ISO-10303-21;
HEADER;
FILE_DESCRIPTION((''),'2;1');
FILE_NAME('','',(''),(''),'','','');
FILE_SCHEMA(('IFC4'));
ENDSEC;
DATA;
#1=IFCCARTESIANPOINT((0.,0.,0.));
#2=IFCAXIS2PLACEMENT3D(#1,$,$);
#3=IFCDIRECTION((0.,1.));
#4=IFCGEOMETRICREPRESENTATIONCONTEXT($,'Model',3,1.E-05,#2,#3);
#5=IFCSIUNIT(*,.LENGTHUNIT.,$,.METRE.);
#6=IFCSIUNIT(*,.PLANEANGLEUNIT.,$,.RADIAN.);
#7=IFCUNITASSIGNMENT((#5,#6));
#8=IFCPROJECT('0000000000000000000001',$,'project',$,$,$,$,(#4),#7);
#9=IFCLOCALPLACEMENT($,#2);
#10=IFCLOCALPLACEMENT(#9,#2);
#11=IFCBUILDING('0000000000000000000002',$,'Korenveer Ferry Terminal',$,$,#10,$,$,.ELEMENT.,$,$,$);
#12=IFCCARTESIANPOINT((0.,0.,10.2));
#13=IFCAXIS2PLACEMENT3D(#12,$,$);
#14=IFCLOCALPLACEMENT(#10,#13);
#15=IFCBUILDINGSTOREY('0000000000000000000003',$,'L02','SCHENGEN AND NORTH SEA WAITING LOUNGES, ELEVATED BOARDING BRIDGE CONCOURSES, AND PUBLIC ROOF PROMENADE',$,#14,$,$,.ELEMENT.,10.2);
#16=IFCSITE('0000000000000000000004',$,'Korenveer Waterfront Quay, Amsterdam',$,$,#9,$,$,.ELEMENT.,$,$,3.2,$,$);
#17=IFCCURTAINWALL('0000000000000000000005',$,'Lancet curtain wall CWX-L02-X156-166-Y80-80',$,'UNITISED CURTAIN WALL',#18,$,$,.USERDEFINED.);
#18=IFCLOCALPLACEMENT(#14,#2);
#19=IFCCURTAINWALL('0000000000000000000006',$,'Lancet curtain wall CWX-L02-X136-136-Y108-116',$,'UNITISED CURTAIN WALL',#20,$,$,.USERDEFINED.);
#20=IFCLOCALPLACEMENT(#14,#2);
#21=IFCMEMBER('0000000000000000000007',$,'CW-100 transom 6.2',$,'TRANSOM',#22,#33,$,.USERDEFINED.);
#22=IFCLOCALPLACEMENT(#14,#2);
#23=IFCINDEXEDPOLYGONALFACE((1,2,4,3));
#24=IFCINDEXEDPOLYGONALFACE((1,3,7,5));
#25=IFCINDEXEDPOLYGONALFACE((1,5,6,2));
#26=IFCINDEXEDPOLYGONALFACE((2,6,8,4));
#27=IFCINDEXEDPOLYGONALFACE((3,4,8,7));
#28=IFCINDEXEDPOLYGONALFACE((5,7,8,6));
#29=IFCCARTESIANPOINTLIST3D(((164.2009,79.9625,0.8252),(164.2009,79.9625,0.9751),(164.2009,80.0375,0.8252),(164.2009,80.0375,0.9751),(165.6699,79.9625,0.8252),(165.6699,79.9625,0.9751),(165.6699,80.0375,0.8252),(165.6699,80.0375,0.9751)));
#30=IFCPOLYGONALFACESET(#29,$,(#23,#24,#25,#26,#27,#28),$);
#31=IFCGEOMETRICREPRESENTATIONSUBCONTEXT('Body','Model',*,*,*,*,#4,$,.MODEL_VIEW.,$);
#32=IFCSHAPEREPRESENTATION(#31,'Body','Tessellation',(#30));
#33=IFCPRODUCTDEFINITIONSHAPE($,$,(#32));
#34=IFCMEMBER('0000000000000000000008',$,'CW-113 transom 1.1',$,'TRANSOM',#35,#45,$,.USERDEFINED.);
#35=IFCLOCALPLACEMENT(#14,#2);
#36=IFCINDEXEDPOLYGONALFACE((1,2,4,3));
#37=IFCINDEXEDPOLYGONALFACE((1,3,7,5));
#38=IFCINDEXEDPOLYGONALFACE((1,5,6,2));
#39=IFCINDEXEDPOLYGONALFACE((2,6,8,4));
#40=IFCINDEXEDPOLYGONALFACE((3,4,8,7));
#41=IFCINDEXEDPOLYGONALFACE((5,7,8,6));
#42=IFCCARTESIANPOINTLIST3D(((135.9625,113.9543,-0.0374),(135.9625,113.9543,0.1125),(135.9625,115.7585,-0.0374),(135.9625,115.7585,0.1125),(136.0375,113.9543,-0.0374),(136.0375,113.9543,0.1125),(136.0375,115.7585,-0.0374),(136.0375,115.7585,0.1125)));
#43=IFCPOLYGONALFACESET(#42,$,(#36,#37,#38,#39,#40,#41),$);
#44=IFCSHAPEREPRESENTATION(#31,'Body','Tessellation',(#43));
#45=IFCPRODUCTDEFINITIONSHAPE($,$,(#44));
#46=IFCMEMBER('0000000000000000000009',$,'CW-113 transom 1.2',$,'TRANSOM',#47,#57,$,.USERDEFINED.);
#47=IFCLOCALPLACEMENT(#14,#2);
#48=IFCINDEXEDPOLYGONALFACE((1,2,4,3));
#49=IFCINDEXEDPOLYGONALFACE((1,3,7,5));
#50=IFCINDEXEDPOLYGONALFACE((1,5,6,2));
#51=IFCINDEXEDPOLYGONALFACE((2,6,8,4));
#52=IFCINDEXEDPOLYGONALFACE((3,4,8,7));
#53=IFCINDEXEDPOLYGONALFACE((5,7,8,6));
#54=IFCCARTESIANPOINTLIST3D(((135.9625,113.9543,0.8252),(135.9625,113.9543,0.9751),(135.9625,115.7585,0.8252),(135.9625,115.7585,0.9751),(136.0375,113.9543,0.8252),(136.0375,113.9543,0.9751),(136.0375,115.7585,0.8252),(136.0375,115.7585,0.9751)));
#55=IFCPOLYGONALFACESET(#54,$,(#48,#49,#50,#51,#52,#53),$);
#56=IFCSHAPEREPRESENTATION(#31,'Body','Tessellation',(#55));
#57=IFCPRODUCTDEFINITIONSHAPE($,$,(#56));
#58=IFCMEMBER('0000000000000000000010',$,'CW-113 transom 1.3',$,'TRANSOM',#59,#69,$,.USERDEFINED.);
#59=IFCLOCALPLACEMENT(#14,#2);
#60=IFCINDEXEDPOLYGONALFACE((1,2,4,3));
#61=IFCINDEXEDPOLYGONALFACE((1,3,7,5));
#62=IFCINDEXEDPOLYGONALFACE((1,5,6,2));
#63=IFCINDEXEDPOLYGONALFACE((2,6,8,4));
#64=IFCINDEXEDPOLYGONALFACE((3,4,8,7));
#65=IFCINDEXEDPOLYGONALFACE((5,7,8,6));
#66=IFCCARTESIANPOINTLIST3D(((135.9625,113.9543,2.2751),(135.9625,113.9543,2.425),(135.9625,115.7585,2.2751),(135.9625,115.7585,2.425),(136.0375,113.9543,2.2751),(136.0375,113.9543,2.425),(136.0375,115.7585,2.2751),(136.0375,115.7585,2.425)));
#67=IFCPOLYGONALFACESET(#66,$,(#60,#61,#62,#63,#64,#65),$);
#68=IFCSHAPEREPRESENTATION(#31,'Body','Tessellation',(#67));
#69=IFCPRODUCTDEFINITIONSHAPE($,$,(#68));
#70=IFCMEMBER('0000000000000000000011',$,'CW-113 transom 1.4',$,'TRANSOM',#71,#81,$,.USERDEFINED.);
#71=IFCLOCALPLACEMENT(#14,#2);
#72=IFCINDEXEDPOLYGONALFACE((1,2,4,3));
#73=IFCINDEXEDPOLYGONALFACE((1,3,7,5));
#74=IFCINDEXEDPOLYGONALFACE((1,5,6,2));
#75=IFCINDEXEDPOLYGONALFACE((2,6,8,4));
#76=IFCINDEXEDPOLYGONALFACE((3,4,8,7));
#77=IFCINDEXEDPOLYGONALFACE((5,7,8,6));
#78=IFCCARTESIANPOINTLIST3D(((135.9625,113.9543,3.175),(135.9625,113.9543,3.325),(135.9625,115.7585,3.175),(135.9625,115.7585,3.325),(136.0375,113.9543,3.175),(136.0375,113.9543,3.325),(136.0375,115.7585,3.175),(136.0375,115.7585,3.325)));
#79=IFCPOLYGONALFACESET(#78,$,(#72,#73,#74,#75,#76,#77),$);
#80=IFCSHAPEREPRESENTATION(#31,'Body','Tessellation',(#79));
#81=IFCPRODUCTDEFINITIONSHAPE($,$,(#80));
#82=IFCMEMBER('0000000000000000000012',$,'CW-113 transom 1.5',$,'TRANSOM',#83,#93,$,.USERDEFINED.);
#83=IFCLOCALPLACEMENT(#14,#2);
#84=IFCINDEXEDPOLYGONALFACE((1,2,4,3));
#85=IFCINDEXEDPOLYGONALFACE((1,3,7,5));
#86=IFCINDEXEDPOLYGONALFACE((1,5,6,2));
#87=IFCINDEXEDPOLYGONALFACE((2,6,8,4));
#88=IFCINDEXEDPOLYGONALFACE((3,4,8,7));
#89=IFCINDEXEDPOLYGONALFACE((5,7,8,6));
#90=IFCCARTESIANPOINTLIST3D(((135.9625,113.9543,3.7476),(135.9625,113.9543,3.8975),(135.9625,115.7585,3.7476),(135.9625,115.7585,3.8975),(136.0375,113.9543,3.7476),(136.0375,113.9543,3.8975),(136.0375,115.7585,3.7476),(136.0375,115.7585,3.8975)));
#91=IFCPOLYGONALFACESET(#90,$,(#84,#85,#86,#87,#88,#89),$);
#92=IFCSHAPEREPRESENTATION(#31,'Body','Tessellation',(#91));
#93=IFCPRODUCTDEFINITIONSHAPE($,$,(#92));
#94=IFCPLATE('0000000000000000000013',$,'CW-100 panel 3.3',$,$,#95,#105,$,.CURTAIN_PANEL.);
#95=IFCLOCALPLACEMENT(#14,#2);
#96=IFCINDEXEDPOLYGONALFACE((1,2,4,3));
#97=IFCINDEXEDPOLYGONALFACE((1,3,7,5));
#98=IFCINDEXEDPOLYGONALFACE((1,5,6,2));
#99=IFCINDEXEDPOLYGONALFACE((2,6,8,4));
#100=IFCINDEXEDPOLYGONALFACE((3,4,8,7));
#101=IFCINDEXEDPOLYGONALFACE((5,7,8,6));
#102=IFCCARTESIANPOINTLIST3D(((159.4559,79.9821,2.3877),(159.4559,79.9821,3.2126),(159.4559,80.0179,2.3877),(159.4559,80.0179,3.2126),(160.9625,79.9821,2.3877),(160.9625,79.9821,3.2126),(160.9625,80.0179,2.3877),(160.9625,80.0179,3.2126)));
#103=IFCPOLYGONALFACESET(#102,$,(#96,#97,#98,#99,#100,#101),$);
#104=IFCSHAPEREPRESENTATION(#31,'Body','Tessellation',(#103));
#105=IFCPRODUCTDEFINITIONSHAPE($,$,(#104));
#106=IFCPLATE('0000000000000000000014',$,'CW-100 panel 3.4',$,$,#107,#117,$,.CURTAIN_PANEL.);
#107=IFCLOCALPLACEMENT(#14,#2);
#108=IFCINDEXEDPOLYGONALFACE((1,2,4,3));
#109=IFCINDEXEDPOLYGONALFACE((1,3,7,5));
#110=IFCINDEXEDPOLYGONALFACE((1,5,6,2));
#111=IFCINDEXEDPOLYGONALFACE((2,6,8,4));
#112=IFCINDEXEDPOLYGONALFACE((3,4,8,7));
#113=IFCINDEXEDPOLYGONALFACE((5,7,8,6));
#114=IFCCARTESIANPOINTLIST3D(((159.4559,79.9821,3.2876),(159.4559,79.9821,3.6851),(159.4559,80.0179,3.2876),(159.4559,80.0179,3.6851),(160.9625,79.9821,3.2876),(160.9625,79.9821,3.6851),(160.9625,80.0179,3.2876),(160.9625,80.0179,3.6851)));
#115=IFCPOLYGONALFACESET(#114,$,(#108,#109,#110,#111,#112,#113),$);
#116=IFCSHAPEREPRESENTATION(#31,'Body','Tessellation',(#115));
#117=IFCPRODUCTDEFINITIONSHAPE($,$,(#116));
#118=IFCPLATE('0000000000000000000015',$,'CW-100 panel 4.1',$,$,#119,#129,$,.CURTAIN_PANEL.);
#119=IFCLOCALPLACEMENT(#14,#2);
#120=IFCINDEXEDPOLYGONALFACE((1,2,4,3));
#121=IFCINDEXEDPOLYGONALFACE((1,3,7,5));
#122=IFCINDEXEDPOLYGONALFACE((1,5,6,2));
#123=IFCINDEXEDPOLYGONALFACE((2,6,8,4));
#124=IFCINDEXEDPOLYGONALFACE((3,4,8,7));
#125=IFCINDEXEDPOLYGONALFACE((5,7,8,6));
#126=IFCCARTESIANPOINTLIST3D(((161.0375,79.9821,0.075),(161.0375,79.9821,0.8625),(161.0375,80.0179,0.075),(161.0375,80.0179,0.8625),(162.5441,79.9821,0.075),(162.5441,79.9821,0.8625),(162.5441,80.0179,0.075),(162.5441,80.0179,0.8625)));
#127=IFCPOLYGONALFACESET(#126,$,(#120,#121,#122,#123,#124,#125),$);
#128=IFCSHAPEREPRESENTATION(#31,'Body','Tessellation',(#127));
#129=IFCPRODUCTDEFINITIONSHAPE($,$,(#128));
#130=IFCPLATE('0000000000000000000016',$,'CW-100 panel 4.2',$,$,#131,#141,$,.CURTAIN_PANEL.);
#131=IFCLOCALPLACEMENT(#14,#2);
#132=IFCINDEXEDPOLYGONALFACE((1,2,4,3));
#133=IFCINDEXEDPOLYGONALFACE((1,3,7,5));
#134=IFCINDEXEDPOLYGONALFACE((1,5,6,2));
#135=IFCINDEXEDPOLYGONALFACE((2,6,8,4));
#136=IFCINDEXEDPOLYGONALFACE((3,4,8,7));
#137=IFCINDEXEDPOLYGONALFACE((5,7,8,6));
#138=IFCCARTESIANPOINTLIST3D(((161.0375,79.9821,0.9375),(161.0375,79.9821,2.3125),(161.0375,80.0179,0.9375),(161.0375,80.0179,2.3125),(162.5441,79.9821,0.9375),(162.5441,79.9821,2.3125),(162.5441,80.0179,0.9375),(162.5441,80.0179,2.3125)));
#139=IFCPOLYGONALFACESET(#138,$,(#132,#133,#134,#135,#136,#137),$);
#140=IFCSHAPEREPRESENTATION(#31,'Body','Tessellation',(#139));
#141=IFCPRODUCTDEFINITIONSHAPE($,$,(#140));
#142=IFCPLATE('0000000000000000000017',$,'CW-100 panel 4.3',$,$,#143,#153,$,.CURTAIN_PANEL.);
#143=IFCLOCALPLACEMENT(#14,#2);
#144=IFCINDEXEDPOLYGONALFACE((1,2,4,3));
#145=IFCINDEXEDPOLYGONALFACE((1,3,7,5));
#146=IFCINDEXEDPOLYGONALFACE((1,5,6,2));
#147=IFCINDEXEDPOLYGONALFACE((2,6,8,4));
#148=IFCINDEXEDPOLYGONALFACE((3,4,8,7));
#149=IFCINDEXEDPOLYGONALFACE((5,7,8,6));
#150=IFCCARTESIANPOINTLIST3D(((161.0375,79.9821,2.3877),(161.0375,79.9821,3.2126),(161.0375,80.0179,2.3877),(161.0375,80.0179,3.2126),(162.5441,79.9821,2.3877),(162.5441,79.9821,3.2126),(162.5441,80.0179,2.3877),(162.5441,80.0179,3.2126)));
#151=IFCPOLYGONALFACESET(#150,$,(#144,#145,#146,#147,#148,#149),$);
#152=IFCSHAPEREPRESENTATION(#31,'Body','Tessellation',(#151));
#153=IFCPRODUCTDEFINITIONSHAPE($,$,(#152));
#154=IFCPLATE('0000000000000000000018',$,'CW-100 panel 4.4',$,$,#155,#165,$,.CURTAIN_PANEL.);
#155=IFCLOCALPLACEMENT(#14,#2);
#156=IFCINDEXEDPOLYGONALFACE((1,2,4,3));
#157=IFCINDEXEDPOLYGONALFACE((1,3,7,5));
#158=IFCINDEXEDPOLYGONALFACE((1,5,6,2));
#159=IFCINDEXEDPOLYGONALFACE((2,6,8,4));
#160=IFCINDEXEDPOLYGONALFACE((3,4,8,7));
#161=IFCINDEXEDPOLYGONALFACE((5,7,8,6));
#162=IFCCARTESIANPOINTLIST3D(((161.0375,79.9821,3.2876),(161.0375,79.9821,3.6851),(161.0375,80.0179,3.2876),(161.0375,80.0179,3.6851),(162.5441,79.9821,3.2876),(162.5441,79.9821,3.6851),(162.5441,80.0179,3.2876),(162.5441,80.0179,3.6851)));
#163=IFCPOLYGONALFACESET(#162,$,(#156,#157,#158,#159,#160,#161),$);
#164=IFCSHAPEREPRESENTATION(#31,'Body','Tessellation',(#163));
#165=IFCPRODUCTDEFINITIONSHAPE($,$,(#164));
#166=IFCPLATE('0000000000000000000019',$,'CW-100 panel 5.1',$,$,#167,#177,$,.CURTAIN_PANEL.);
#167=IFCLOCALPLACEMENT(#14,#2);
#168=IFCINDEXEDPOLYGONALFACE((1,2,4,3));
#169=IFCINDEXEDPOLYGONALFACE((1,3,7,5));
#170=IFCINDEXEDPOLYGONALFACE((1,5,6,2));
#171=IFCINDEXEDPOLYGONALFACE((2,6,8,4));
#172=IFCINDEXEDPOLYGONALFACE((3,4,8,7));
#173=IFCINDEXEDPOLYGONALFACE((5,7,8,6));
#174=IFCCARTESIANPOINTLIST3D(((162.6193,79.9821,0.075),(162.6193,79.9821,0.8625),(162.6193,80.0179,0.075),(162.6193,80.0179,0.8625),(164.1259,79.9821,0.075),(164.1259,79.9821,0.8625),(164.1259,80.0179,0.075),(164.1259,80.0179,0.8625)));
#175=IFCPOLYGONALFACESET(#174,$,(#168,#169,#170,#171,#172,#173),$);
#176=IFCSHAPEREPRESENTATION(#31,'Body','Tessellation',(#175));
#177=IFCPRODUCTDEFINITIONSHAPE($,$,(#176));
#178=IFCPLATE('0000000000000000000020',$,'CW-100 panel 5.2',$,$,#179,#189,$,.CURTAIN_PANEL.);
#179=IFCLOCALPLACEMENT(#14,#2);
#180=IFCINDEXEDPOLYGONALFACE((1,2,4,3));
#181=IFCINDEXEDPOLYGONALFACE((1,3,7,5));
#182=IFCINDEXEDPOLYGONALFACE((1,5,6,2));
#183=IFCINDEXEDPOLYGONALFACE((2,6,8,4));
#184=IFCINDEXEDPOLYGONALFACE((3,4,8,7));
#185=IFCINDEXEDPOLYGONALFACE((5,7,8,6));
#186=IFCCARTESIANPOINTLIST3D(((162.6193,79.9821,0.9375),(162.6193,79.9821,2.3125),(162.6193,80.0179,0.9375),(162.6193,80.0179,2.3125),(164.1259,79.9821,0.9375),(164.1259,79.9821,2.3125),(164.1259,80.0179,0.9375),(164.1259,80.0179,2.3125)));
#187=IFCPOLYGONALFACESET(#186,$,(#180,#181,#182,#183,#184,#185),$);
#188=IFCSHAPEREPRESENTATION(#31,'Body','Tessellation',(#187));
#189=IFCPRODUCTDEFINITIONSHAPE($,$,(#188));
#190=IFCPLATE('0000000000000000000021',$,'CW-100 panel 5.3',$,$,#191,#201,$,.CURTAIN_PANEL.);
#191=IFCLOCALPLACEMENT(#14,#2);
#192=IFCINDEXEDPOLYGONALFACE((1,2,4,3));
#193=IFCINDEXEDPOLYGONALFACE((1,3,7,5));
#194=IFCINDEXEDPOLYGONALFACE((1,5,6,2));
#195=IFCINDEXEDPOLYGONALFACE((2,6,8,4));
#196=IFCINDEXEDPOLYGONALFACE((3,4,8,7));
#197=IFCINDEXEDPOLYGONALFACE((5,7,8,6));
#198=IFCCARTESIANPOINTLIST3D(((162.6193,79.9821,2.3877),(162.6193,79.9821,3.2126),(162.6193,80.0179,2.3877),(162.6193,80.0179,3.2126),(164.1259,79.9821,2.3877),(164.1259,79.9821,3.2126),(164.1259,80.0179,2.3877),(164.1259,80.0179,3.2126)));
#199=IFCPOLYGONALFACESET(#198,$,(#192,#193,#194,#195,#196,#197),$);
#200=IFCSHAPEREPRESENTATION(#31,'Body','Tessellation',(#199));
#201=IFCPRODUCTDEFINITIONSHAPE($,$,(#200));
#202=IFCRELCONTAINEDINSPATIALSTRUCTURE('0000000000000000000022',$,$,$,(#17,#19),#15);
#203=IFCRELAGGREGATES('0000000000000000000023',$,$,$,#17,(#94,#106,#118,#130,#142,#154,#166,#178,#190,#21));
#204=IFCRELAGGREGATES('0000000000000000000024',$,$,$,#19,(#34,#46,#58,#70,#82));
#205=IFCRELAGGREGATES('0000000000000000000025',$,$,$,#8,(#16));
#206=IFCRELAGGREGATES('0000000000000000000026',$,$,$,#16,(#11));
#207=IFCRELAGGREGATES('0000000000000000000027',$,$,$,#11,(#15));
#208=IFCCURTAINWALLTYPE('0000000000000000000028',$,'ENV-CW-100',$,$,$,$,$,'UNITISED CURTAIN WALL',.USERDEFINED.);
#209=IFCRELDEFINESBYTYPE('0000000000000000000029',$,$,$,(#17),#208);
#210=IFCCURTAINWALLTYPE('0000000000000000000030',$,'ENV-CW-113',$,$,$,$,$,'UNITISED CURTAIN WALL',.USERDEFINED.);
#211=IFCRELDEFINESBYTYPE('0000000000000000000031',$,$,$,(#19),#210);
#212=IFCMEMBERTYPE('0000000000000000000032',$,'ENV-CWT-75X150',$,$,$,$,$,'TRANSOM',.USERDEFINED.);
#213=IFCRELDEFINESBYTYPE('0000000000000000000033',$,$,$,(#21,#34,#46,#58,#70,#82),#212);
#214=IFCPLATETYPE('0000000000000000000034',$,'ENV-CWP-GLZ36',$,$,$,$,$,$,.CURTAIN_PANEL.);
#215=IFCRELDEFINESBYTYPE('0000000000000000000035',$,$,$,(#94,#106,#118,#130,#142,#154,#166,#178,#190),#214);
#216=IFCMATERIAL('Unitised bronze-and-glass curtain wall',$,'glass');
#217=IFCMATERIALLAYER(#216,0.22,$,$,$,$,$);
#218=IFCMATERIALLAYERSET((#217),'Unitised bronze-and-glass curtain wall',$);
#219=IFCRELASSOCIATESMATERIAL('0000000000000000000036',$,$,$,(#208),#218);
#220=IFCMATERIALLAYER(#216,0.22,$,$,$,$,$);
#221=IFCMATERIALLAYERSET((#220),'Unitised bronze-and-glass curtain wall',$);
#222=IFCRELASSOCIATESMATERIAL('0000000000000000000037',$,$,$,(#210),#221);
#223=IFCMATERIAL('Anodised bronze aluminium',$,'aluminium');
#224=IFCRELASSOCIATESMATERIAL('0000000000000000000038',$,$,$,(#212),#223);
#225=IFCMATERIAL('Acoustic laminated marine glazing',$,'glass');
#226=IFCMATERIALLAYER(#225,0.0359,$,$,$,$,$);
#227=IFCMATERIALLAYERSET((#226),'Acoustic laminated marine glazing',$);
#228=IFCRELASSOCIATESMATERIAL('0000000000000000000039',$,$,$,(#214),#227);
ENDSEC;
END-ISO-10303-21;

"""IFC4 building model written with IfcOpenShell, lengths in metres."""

from ifc_helpers import new_model, si_unit, direction, frame, origin, origin_2d, place, context, subcontext, project, spatial, rectangle, extrude, material, layer, layer_set, material_profile, profile_set, type_object, element, aggregate, save


model = new_model("IFC4")

# Units and contexts
model_context = context("Model", 3, precision=1e-05, world=origin(), true_north=direction((0.0, 1.0)))
body_context = subcontext(model_context, "Body", "Model", "MODEL_VIEW")
ifc_project = project(units=[si_unit("LENGTHUNIT", "METRE"), si_unit("PLANEANGLEUNIT", "RADIAN")], contexts=[model_context])

# Site, building, storey
site_placement = place(None, origin())
site = spatial("IfcSite", under=ifc_project, at=site_placement, Name="Korenveer Waterfront Quay, Amsterdam", CompositionType="ELEMENT", RefElevation=3.2)
building_placement = place(site_placement, origin())
building = spatial("IfcBuilding", under=site, at=building_placement, Name="Korenveer Ferry Terminal", CompositionType="ELEMENT")
storey_placement = place(building_placement, frame((0.0, 0.0, 10.2)))
storey = spatial("IfcBuildingStorey", under=building, at=storey_placement, Name="L02", Description="SCHENGEN AND NORTH SEA WAITING LOUNGES, ELEVATED BOARDING BRIDGE CONCOURSES, AND PUBLIC ROOF PROMENADE", CompositionType="ELEMENT", Elevation=10.2)

# Curtain wall
ifc_material_1 = material(Name="Unitised bronze-and-glass curtain wall", Category="glass")
ifc_layer_1 = layer(ifc_material_1, 0.22)
ifc_layer_set_1 = layer_set([ifc_layer_1], Name="Unitised bronze-and-glass curtain wall")
curtain_wall_type_1 = type_object("IfcCurtainWallType", Name="ENV-CW-100", ElementType="UNITISED CURTAIN WALL", PredefinedType="USERDEFINED", material=ifc_layer_set_1)
curtain_wall_1_placement = place(storey_placement, frame((156.2549, 80.0, 0.0)))
curtain_wall_1 = element("IfcCurtainWall", 1, at=curtain_wall_1_placement, inside=storey, type_object=curtain_wall_type_1, Name="Lancet curtain wall CWX-L02-X156-166-Y80-80", ObjectType="UNITISED CURTAIN WALL", PredefinedType="USERDEFINED")
ifc_material_2 = material(Name="Anodised bronze aluminium", Category="aluminium")

# Curtain wall
ifc_layer_2 = layer(ifc_material_1, 0.22)
ifc_layer_set_2 = layer_set([ifc_layer_2], Name="Unitised bronze-and-glass curtain wall")
curtain_wall_type_2 = type_object("IfcCurtainWallType", Name="ENV-CW-113", ElementType="UNITISED CURTAIN WALL", PredefinedType="USERDEFINED", material=ifc_layer_set_2)
curtain_wall_2_placement = place(storey_placement, frame((136.0, 115.8335, 0.0)))
curtain_wall_2 = element("IfcCurtainWall", 2, at=curtain_wall_2_placement, inside=storey, type_object=curtain_wall_type_2, Name="Lancet curtain wall CWX-L02-X136-136-Y108-116", ObjectType="UNITISED CURTAIN WALL", PredefinedType="USERDEFINED")

# Members
ifc_material_profile_1 = material_profile(ifc_material_2, rectangle(XDim=0.075, YDim=0.1499, at=origin_2d()), Name="ALU 75x150")
ifc_profile_set_1 = profile_set([ifc_material_profile_1], Name="Anodised bronze aluminium")
member_type_1 = type_object("IfcMemberType", Name="ENV-CWT-75X150", ElementType="TRANSOM", PredefinedType="USERDEFINED", material=ifc_profile_set_1)
member_1_placement = place(storey_placement, frame((164.2009, 80.0, 0.9001), z_axis=(1.0, 0.0, 0.0), x_axis=(0.0, 1.0, 0.0)))
member_1 = element("IfcMember", 3, at=member_1_placement, type_object=member_type_1, Name="CW-100 transom 6.2", ObjectType="TRANSOM", PredefinedType="USERDEFINED", context=body_context, shape_type="SweptSolid", body=[
    extrude(rectangle(XDim=0.075, YDim=0.1499, at=origin_2d()), origin(), (0.0, 0.0, 1.0), 1.469),
])
member_2_placement = place(storey_placement, frame((136.0, 115.7585, 0.0376), z_axis=(0.0, -1.0, 0.0), x_axis=(1.0, 0.0, 0.0)))
member_2 = element("IfcMember", 4, at=member_2_placement, type_object=member_type_1, Name="CW-113 transom 1.1", ObjectType="TRANSOM", PredefinedType="USERDEFINED", context=body_context, shape_type="SweptSolid", body=[
    extrude(rectangle(XDim=0.075, YDim=0.1499, at=origin_2d()), origin(), (0.0, 0.0, 1.0), 1.8042),
])
member_3_placement = place(storey_placement, frame((136.0, 115.7585, 0.9001), z_axis=(0.0, -1.0, 0.0), x_axis=(1.0, 0.0, 0.0)))
member_3 = element("IfcMember", 5, at=member_3_placement, type_object=member_type_1, Name="CW-113 transom 1.2", ObjectType="TRANSOM", PredefinedType="USERDEFINED", context=body_context, shape_type="SweptSolid", body=[
    extrude(rectangle(XDim=0.075, YDim=0.1499, at=origin_2d()), origin(), (0.0, 0.0, 1.0), 1.8042),
])
member_4_placement = place(storey_placement, frame((136.0, 115.7585, 2.3501), z_axis=(0.0, -1.0, 0.0), x_axis=(1.0, 0.0, 0.0)))
member_4 = element("IfcMember", 6, at=member_4_placement, type_object=member_type_1, Name="CW-113 transom 1.3", ObjectType="TRANSOM", PredefinedType="USERDEFINED", context=body_context, shape_type="SweptSolid", body=[
    extrude(rectangle(XDim=0.075, YDim=0.1499, at=origin_2d()), origin(), (0.0, 0.0, 1.0), 1.8042),
])
member_5_placement = place(storey_placement, frame((136.0, 115.7585, 3.25), z_axis=(0.0, -1.0, 0.0), x_axis=(1.0, 0.0, 0.0)))
member_5 = element("IfcMember", 7, at=member_5_placement, type_object=member_type_1, Name="CW-113 transom 1.4", ObjectType="TRANSOM", PredefinedType="USERDEFINED", context=body_context, shape_type="SweptSolid", body=[
    extrude(rectangle(XDim=0.075, YDim=0.1499, at=origin_2d()), origin(), (0.0, 0.0, 1.0), 1.8042),
])
member_6_placement = place(storey_placement, frame((136.0, 115.7585, 3.8225), z_axis=(0.0, -1.0, 0.0), x_axis=(1.0, 0.0, 0.0)))
member_6 = element("IfcMember", 8, at=member_6_placement, type_object=member_type_1, Name="CW-113 transom 1.5", ObjectType="TRANSOM", PredefinedType="USERDEFINED", context=body_context, shape_type="SweptSolid", body=[
    extrude(rectangle(XDim=0.075, YDim=0.1499, at=origin_2d()), origin(), (0.0, 0.0, 1.0), 1.8042),
])

# Plates
ifc_material_3 = material(Name="Acoustic laminated marine glazing", Category="glass")
ifc_layer_3 = layer(ifc_material_3, 0.0359)
ifc_layer_set_3 = layer_set([ifc_layer_3], Name="Acoustic laminated marine glazing")
plate_type = type_object("IfcPlateType", Name="ENV-CWP-GLZ36", PredefinedType="CURTAIN_PANEL", material=ifc_layer_set_3)
plate_1_placement = place(storey_placement, frame((160.2092, 80.0, 2.3877), z_axis=(0.0, 0.0, 1.0), x_axis=(1.0, 0.0, 0.0)))
plate_1 = element("IfcPlate", 9, at=plate_1_placement, type_object=plate_type, Name="CW-100 panel 3.3", PredefinedType="CURTAIN_PANEL", context=body_context, shape_type="SweptSolid", body=[
    extrude(rectangle(XDim=1.5066, YDim=0.0359, at=origin_2d()), origin(), (0.0, 0.0, 1.0), 0.825),
])
plate_2_placement = place(storey_placement, frame((160.2092, 80.0, 3.2876), z_axis=(0.0, 0.0, 1.0), x_axis=(1.0, 0.0, 0.0)))
plate_2 = element("IfcPlate", 10, at=plate_2_placement, type_object=plate_type, Name="CW-100 panel 3.4", PredefinedType="CURTAIN_PANEL", context=body_context, shape_type="SweptSolid", body=[
    extrude(rectangle(XDim=1.5066, YDim=0.0359, at=origin_2d()), origin(), (0.0, 0.0, 1.0), 0.3975),
])
plate_3_placement = place(storey_placement, frame((161.7908, 80.0, 0.075), z_axis=(0.0, 0.0, 1.0), x_axis=(1.0, 0.0, 0.0)))
plate_3 = element("IfcPlate", 11, at=plate_3_placement, type_object=plate_type, Name="CW-100 panel 4.1", PredefinedType="CURTAIN_PANEL", context=body_context, shape_type="SweptSolid", body=[
    extrude(rectangle(XDim=1.5066, YDim=0.0359, at=origin_2d()), origin(), (0.0, 0.0, 1.0), 0.7876),
])
plate_4_placement = place(storey_placement, frame((161.7908, 80.0, 0.9375), z_axis=(0.0, 0.0, 1.0), x_axis=(1.0, 0.0, 0.0)))
plate_4 = element("IfcPlate", 12, at=plate_4_placement, type_object=plate_type, Name="CW-100 panel 4.2", PredefinedType="CURTAIN_PANEL", context=body_context, shape_type="SweptSolid", body=[
    extrude(rectangle(XDim=1.5066, YDim=0.0359, at=origin_2d()), origin(), (0.0, 0.0, 1.0), 1.375),
])
plate_5_placement = place(storey_placement, frame((161.7908, 80.0, 2.3877), z_axis=(0.0, 0.0, 1.0), x_axis=(1.0, 0.0, 0.0)))
plate_5 = element("IfcPlate", 13, at=plate_5_placement, type_object=plate_type, Name="CW-100 panel 4.3", PredefinedType="CURTAIN_PANEL", context=body_context, shape_type="SweptSolid", body=[
    extrude(rectangle(XDim=1.5066, YDim=0.0359, at=origin_2d()), origin(), (0.0, 0.0, 1.0), 0.825),
])
plate_6_placement = place(storey_placement, frame((161.7908, 80.0, 3.2876), z_axis=(0.0, 0.0, 1.0), x_axis=(1.0, 0.0, 0.0)))
plate_6 = element("IfcPlate", 14, at=plate_6_placement, type_object=plate_type, Name="CW-100 panel 4.4", PredefinedType="CURTAIN_PANEL", context=body_context, shape_type="SweptSolid", body=[
    extrude(rectangle(XDim=1.5066, YDim=0.0359, at=origin_2d()), origin(), (0.0, 0.0, 1.0), 0.3975),
])
plate_7_placement = place(storey_placement, frame((163.3726, 80.0, 0.075), z_axis=(0.0, 0.0, 1.0), x_axis=(1.0, 0.0, 0.0)))
plate_7 = element("IfcPlate", 15, at=plate_7_placement, type_object=plate_type, Name="CW-100 panel 5.1", PredefinedType="CURTAIN_PANEL", context=body_context, shape_type="SweptSolid", body=[
    extrude(rectangle(XDim=1.5066, YDim=0.0359, at=origin_2d()), origin(), (0.0, 0.0, 1.0), 0.7876),
])
plate_8_placement = place(storey_placement, frame((163.3726, 80.0, 0.9375), z_axis=(0.0, 0.0, 1.0), x_axis=(1.0, 0.0, 0.0)))
plate_8 = element("IfcPlate", 16, at=plate_8_placement, type_object=plate_type, Name="CW-100 panel 5.2", PredefinedType="CURTAIN_PANEL", context=body_context, shape_type="SweptSolid", body=[
    extrude(rectangle(XDim=1.5066, YDim=0.0359, at=origin_2d()), origin(), (0.0, 0.0, 1.0), 1.375),
])
plate_9_placement = place(storey_placement, frame((163.3726, 80.0, 2.3877), z_axis=(0.0, 0.0, 1.0), x_axis=(1.0, 0.0, 0.0)))
plate_9 = element("IfcPlate", 17, at=plate_9_placement, type_object=plate_type, Name="CW-100 panel 5.3", PredefinedType="CURTAIN_PANEL", context=body_context, shape_type="SweptSolid", body=[
    extrude(rectangle(XDim=1.5066, YDim=0.0359, at=origin_2d()), origin(), (0.0, 0.0, 1.0), 0.825),
])
aggregate(curtain_wall_1, [plate_1, plate_2, plate_3, plate_4, plate_5, plate_6, plate_7, plate_8, plate_9, member_1])
aggregate(curtain_wall_2, [member_2, member_3, member_4, member_5, member_6])

save(model, "model.ifc")
